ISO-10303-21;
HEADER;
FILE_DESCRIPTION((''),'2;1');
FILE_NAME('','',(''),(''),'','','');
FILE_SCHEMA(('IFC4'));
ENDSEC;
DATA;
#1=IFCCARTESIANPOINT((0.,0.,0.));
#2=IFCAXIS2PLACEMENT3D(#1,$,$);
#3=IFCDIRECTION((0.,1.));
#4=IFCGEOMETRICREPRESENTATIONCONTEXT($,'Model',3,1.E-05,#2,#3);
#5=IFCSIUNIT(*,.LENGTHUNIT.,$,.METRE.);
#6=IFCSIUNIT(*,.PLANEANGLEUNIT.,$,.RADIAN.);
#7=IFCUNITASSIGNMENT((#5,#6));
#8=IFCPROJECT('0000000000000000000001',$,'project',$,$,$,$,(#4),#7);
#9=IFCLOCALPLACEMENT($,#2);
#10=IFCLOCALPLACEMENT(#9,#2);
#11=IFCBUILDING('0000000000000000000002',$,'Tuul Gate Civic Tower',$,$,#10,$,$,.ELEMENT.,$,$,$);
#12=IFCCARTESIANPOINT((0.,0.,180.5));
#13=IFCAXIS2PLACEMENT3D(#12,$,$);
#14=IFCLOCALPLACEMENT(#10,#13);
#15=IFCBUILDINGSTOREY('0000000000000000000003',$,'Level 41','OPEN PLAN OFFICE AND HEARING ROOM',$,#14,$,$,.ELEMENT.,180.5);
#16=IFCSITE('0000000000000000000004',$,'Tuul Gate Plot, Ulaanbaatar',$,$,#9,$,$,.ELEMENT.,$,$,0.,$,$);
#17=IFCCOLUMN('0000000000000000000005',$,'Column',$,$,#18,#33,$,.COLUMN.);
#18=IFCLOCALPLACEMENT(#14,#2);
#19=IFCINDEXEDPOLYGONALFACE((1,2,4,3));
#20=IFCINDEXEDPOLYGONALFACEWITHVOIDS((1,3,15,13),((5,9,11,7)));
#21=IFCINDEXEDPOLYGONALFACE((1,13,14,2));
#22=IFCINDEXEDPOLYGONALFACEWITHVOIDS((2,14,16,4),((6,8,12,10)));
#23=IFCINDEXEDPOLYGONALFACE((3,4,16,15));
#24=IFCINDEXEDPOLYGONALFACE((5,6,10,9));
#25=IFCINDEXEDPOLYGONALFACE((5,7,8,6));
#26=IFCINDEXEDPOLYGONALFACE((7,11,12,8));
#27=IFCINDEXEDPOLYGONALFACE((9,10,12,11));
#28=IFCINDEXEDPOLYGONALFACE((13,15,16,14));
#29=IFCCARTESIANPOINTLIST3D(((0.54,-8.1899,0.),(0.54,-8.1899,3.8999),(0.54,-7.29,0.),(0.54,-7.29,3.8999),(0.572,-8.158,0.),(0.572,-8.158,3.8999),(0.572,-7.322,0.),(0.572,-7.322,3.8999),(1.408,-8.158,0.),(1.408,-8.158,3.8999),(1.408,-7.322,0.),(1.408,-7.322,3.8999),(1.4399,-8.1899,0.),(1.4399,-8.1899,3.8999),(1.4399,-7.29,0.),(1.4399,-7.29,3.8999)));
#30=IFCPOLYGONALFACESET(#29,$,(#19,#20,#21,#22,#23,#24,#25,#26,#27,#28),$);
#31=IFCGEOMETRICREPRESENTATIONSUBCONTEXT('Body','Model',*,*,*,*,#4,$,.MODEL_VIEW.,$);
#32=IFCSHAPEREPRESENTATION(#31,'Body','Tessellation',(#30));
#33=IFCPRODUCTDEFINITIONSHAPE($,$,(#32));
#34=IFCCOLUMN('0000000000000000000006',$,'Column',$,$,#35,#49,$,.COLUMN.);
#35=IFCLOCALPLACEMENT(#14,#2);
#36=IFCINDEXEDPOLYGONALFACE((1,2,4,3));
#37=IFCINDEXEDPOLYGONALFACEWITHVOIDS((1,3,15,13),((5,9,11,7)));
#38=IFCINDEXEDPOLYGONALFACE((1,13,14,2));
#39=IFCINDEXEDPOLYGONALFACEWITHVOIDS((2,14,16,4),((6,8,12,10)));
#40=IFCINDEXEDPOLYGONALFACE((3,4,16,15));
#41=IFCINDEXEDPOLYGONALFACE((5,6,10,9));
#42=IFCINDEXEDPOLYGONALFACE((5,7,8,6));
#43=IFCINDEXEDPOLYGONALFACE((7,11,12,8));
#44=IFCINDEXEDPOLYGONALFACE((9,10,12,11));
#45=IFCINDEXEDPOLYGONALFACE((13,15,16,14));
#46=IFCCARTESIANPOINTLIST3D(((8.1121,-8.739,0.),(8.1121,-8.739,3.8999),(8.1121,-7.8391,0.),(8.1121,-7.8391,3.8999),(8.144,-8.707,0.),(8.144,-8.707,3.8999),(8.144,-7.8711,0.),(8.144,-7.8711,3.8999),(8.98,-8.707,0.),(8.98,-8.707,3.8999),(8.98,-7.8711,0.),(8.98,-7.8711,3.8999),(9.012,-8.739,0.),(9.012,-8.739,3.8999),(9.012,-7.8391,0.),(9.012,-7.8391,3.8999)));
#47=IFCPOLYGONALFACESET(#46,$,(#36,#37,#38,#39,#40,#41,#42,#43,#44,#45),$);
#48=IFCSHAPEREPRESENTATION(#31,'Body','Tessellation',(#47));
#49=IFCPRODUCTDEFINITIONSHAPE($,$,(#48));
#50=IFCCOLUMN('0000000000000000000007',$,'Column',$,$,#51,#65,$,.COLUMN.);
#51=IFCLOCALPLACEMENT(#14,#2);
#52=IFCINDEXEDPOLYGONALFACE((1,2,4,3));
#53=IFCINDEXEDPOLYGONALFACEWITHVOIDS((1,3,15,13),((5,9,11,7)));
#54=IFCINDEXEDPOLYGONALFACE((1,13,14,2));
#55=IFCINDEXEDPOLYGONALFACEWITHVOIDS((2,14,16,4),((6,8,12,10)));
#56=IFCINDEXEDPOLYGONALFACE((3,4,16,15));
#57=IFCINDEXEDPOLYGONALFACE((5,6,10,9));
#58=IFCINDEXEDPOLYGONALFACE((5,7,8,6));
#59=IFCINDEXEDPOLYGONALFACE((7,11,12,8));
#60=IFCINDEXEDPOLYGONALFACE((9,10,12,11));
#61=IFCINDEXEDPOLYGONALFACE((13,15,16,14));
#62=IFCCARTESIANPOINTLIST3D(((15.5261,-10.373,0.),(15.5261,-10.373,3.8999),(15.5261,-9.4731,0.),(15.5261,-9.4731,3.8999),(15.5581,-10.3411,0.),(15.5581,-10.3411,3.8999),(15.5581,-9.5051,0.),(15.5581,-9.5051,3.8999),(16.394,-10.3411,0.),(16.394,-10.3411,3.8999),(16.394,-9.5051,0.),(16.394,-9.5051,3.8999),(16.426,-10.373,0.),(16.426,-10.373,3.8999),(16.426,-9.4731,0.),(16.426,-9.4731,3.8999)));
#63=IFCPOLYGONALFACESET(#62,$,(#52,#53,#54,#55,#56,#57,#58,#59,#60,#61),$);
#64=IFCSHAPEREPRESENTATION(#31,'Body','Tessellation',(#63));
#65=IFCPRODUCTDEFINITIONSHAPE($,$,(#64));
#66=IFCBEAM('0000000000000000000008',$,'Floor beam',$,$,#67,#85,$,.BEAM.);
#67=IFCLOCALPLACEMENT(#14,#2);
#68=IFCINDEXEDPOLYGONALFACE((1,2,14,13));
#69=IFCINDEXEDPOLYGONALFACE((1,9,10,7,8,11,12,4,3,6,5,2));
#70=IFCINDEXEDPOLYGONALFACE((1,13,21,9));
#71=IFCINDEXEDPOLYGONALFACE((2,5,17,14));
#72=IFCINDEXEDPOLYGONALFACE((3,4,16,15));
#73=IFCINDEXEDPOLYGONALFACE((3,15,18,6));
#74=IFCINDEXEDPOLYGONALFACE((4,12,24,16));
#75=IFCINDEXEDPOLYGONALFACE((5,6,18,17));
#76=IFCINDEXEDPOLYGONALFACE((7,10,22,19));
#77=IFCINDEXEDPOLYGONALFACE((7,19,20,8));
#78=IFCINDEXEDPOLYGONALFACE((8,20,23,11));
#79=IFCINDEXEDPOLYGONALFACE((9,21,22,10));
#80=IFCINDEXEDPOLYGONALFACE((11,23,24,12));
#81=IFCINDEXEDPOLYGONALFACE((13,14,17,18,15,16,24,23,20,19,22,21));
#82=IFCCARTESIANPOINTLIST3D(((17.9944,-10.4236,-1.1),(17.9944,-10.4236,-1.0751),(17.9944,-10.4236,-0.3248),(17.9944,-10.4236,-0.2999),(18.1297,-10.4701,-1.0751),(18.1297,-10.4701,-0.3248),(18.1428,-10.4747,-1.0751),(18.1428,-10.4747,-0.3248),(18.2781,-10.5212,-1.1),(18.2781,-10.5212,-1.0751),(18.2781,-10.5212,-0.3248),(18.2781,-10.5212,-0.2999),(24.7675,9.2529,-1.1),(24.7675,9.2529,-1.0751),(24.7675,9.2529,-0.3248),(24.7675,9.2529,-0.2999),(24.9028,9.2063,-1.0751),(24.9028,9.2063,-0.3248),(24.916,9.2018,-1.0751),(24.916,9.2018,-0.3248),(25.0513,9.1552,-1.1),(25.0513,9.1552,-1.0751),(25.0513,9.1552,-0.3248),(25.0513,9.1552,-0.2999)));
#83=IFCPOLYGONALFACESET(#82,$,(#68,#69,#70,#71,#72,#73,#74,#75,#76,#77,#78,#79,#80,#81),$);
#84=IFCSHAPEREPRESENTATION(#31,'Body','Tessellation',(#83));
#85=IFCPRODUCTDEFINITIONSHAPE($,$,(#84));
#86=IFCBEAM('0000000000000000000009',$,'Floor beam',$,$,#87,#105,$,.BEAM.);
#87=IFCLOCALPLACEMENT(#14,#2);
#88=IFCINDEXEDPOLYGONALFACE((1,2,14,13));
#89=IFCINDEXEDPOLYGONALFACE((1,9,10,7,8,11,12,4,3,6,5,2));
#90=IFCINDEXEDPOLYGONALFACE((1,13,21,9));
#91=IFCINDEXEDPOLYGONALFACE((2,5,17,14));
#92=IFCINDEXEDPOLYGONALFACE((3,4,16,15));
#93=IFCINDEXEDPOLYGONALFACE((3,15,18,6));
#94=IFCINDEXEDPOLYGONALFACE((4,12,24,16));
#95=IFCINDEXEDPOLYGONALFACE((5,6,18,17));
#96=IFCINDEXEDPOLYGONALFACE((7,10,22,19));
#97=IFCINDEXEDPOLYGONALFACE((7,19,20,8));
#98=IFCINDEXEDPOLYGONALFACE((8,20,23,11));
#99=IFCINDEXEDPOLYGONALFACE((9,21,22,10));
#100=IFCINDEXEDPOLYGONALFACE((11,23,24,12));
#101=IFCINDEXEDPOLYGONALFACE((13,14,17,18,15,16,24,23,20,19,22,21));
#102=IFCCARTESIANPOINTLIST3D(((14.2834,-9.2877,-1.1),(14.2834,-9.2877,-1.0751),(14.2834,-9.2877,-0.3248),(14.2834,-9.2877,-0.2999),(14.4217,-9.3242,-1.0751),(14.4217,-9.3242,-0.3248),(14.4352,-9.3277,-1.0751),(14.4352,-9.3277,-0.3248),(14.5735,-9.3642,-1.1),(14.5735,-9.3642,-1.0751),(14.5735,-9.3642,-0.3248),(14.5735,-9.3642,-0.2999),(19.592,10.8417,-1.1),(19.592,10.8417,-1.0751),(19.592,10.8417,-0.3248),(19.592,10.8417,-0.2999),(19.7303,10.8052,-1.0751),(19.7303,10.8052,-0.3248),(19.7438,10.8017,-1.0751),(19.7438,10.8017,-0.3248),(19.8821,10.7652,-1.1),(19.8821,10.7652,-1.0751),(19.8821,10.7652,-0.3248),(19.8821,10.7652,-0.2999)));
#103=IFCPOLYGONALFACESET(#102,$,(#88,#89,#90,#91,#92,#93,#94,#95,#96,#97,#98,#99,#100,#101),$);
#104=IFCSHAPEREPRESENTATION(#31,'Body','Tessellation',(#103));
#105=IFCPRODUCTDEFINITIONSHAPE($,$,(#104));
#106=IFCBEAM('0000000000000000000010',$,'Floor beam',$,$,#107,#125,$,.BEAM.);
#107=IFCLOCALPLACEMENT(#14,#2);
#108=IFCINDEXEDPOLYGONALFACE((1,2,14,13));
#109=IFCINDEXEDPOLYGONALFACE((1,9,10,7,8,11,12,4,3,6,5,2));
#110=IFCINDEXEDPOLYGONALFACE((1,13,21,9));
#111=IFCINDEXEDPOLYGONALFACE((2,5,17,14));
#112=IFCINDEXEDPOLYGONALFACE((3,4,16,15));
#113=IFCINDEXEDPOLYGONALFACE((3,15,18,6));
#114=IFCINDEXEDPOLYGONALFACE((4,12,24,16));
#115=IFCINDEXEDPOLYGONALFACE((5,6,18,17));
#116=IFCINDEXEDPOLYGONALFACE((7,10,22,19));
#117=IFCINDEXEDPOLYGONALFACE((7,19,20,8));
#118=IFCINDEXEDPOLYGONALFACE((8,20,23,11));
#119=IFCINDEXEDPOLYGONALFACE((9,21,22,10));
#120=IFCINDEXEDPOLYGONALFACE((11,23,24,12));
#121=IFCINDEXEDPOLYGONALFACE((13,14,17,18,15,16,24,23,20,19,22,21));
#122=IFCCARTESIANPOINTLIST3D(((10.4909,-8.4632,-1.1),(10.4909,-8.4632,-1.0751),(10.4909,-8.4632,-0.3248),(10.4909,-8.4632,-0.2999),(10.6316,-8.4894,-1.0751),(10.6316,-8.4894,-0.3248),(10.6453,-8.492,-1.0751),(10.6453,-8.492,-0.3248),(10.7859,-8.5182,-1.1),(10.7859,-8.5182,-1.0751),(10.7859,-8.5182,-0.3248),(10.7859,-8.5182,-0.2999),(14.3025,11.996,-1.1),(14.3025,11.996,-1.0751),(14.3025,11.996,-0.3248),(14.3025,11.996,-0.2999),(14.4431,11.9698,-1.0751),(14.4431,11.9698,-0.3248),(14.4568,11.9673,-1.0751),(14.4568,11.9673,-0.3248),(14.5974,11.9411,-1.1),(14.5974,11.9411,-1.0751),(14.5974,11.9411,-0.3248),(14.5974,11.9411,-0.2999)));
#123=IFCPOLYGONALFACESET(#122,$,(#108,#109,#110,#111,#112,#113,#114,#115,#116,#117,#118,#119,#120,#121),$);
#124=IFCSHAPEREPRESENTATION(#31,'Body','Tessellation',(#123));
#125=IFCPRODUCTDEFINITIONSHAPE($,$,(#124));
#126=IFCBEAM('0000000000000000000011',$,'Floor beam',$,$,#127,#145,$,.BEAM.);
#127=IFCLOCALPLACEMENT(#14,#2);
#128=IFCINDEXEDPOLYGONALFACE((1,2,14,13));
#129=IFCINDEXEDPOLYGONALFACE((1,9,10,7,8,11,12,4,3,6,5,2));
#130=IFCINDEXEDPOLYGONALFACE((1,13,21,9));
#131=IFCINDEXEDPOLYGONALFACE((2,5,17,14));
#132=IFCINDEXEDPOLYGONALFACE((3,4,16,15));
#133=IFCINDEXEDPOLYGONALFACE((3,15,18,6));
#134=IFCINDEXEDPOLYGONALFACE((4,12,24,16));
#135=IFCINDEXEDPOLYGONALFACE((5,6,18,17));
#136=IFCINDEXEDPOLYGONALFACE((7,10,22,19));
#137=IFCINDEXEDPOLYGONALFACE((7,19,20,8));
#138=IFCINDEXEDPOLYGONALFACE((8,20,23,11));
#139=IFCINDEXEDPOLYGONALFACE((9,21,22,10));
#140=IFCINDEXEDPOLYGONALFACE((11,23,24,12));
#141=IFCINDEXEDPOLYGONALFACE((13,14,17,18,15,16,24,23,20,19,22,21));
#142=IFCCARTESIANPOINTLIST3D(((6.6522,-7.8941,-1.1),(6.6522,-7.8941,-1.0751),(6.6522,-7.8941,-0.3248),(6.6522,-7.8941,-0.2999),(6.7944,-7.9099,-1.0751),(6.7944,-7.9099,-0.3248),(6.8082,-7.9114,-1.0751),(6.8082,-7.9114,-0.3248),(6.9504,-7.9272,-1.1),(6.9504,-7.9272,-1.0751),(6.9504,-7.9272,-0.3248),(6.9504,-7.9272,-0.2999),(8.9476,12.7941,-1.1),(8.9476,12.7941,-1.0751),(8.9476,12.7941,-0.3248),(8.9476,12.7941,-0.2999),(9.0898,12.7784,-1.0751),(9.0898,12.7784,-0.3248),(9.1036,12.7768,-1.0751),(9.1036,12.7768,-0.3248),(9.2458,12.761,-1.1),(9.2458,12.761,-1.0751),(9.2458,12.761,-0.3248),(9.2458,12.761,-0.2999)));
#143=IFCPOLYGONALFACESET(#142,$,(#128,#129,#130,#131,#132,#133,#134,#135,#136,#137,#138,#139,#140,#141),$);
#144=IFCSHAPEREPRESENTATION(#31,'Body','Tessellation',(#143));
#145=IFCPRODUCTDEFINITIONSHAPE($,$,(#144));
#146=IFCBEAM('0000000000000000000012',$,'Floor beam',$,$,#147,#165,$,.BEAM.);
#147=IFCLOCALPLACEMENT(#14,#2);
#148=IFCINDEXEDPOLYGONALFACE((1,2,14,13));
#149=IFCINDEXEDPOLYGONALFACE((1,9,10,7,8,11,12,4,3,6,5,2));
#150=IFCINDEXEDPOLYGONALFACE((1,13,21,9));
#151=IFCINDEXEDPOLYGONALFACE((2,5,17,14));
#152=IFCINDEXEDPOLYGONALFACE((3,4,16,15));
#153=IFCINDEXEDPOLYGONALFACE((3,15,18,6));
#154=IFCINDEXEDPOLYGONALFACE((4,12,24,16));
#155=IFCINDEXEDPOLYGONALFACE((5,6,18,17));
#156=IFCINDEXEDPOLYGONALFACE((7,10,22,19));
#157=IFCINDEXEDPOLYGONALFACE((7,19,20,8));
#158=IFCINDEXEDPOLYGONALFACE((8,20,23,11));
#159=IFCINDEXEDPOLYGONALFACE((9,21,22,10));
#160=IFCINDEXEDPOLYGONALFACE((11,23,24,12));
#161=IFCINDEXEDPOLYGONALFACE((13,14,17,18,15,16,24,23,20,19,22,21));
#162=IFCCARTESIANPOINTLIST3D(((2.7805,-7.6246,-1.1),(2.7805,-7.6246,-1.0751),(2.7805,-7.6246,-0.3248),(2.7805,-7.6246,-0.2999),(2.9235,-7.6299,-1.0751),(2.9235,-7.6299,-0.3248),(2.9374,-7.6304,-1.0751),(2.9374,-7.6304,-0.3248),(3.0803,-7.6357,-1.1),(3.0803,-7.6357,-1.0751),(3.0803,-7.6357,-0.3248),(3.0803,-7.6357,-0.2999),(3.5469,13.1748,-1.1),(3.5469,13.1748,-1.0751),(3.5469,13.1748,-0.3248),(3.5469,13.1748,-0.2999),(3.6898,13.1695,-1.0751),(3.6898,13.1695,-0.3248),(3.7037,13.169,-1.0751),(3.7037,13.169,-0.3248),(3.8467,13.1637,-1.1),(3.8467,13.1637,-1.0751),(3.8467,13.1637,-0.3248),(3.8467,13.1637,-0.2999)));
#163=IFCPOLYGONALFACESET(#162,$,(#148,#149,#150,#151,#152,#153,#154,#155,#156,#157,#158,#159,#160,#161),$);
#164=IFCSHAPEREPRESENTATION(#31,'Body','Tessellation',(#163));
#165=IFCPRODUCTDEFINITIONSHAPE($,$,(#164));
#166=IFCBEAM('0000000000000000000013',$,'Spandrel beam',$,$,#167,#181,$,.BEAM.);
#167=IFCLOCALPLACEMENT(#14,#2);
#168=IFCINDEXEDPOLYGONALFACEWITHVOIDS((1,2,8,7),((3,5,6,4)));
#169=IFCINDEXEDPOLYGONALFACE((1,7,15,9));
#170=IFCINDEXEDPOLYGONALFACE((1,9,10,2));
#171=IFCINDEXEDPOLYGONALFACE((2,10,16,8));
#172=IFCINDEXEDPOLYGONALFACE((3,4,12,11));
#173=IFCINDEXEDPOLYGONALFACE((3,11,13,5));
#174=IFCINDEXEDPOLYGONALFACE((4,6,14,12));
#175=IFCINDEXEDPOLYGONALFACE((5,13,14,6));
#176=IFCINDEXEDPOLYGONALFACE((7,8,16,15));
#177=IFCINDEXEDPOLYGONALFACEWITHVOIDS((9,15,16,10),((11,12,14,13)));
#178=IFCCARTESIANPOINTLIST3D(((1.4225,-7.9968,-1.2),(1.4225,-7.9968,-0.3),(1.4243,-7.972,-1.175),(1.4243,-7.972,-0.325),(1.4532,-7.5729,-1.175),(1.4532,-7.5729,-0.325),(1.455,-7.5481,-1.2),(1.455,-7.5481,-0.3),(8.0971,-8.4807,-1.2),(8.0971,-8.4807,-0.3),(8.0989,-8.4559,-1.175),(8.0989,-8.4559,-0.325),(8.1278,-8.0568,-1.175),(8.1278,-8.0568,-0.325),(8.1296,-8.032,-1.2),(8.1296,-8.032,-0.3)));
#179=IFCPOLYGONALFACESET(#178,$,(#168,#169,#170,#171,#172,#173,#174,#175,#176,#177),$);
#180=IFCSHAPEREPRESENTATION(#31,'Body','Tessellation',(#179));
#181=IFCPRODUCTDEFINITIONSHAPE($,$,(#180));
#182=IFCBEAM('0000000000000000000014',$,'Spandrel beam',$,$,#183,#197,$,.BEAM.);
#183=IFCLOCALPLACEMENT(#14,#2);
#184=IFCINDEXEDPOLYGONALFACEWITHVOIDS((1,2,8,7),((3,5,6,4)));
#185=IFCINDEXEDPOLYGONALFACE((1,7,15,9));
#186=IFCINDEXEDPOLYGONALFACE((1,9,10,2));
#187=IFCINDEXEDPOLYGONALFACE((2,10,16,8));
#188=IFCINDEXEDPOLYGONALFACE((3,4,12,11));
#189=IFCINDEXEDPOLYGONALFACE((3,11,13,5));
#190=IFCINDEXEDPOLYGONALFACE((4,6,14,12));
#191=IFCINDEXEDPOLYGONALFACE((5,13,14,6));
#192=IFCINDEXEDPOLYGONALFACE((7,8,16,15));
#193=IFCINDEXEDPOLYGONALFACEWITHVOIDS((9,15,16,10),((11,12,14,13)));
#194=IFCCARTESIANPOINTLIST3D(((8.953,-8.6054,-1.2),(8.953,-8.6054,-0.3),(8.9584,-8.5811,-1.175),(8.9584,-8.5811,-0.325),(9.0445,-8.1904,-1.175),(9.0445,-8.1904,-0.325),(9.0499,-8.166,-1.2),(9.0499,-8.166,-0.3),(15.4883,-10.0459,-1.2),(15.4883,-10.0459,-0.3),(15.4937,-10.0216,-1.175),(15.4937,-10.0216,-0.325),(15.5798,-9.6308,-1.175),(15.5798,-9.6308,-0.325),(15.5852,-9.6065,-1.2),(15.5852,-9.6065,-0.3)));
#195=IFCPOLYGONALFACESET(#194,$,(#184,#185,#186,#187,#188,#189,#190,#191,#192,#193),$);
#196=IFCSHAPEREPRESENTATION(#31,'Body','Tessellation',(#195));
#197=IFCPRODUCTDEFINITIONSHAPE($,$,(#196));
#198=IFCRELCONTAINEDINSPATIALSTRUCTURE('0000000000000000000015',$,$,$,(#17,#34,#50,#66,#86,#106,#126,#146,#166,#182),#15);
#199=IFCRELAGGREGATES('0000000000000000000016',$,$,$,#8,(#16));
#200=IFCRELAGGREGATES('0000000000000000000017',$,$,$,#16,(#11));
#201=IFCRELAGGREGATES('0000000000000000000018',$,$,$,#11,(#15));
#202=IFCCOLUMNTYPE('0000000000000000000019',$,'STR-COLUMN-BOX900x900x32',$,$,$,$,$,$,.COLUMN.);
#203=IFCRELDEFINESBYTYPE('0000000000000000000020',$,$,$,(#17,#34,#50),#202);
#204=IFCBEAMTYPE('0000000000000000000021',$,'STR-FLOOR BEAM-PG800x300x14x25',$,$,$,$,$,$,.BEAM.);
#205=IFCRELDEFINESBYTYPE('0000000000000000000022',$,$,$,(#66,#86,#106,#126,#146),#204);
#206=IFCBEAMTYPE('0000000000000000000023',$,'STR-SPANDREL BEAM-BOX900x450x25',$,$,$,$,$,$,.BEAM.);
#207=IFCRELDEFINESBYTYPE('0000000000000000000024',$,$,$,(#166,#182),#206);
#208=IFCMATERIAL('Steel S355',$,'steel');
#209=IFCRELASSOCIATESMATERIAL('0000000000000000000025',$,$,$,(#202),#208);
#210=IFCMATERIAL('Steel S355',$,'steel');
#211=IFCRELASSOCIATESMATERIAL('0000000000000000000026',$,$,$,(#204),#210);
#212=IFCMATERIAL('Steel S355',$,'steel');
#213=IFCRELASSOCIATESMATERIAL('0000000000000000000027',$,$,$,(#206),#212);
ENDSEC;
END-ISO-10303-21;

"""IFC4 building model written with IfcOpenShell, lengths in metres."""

from ifc_helpers import new_model, si_unit, direction, frame, origin, origin_2d, place, context, subcontext, project, spatial, hollow_rectangle, i_section, extrude, material, material_profile, profile_set, type_object, element, save


model = new_model("IFC4")

# Units and contexts
model_context = context("Model", 3, precision=1e-05, world=origin(), true_north=direction((0.0, 1.0)))
body_context = subcontext(model_context, "Body", "Model", "MODEL_VIEW")
ifc_project = project(units=[si_unit("LENGTHUNIT", "METRE"), si_unit("PLANEANGLEUNIT", "RADIAN")], contexts=[model_context])

# Site, building, storey
site_placement = place(None, origin())
site = spatial("IfcSite", under=ifc_project, at=site_placement, Name="Tuul Gate Plot, Ulaanbaatar", CompositionType="ELEMENT", RefElevation=0.0)
building_placement = place(site_placement, origin())
building = spatial("IfcBuilding", under=site, at=building_placement, Name="Tuul Gate Civic Tower", CompositionType="ELEMENT")
storey_placement = place(building_placement, frame((0.0, 0.0, 180.5)))
storey = spatial("IfcBuildingStorey", under=building, at=storey_placement, Name="Level 41", Description="OPEN PLAN OFFICE AND HEARING ROOM", CompositionType="ELEMENT", Elevation=180.5)

# Columns
ifc_material_1 = material(Name="Steel S355", Category="steel")
ifc_material_profile_1 = material_profile(ifc_material_1, hollow_rectangle(XDim=0.8999, YDim=0.8999, WallThickness=0.032, at=origin_2d()), Name="BOX900x900x32")
ifc_profile_set_1 = profile_set([ifc_material_profile_1], Name="Steel S355")
column_type = type_object("IfcColumnType", Name="STR-COLUMN-BOX900x900x32", PredefinedType="COLUMN", material=ifc_profile_set_1)
for number, where, z_axis, x_axis, name in (
    (1, (0.99, -7.74, 0.0), (0.0, 0.0, 1.0), (1.0, 0.0, 0.0), "Column"),
    (2, (8.562, -8.2891, 0.0), (0.0, 0.0, 1.0), (1.0, 0.0, 0.0), "Column"),
    (3, (15.9761, -9.9231, 0.0), (0.0, 0.0, 1.0), (1.0, 0.0, 0.0), "Column"),
):
    element("IfcColumn", number, at=place(storey_placement, frame(where, z_axis=z_axis, x_axis=x_axis)), inside=storey, type_object=column_type, Name=name, PredefinedType="COLUMN", context=body_context, shape_type="SweptSolid", body=[
        extrude(hollow_rectangle(XDim=0.8999, YDim=0.8999, WallThickness=0.032, at=origin_2d()), origin(), (0.0, 0.0, 1.0), 3.8999),
    ])

# Beams
ifc_material_2 = material(Name="Steel S355", Category="steel")
ifc_material_profile_2 = material_profile(ifc_material_2, i_section(OverallWidth=0.3, OverallDepth=0.8, WebThickness=0.0139, FlangeThickness=0.0249, at=origin_2d()), Name="PG800x300x14x25")
ifc_profile_set_2 = profile_set([ifc_material_profile_2], Name="Steel S355")
beam_type_1 = type_object("IfcBeamType", Name="STR-FLOOR BEAM-PG800x300x14x25", PredefinedType="BEAM", material=ifc_profile_set_2)
beam_1_placement = place(storey_placement, frame((18.1362, -10.4724, -0.7), z_axis=(0.325483, 0.945548, 0.0), x_axis=(-0.945548, 0.325483, 0.0)))
element("IfcBeam", 4, at=beam_1_placement, inside=storey, type_object=beam_type_1, Name="Floor beam", PredefinedType="BEAM", context=body_context, shape_type="SweptSolid", body=[
    extrude(i_section(OverallWidth=0.3, OverallDepth=0.8, WebThickness=0.0139, FlangeThickness=0.0249, at=origin_2d()), origin(), (0.0, 0.0, 1.0), 20.8096),
])
beam_2_placement = place(storey_placement, frame((14.4285, -9.3259, -0.7), z_axis=(0.255005, 0.96694, 0.0), x_axis=(-0.96694, 0.255005, 0.0)))
element("IfcBeam", 5, at=beam_2_placement, inside=storey, type_object=beam_type_1, Name="Floor beam", PredefinedType="BEAM", context=body_context, shape_type="SweptSolid", body=[
    extrude(i_section(OverallWidth=0.3, OverallDepth=0.8, WebThickness=0.0139, FlangeThickness=0.0249, at=origin_2d()), origin(), (0.0, 0.0, 1.0), 20.8176),
])
beam_3_placement = place(storey_placement, frame((10.6384, -8.4907, -0.7), z_axis=(0.183147, 0.983085, 0.0), x_axis=(-0.983085, 0.183147, 0.0)))
element("IfcBeam", 6, at=beam_3_placement, inside=storey, type_object=beam_type_1, Name="Floor beam", PredefinedType="BEAM", context=body_context, shape_type="SweptSolid", body=[
    extrude(i_section(OverallWidth=0.3, OverallDepth=0.8, WebThickness=0.0139, FlangeThickness=0.0249, at=origin_2d()), origin(), (0.0, 0.0, 1.0), 20.8113),
])
beam_4_placement = place(storey_placement, frame((6.8013, -7.9106, -0.7), z_axis=(0.110276, 0.993901, 0.0), x_axis=(-0.993901, 0.110276, 0.0)))
element("IfcBeam", 7, at=beam_4_placement, inside=storey, type_object=beam_type_1, Name="Floor beam", PredefinedType="BEAM", context=body_context, shape_type="SweptSolid", body=[
    extrude(i_section(OverallWidth=0.3, OverallDepth=0.8, WebThickness=0.0139, FlangeThickness=0.0249, at=origin_2d()), origin(), (0.0, 0.0, 1.0), 20.8152),
])
beam_5_placement = place(storey_placement, frame((2.9304, -7.6301, -0.7), z_axis=(0.03682, 0.999322, 0.0), x_axis=(-0.999322, 0.03682, 0.0)))
element("IfcBeam", 8, at=beam_5_placement, inside=storey, type_object=beam_type_1, Name="Floor beam", PredefinedType="BEAM", context=body_context, shape_type="SweptSolid", body=[
    extrude(i_section(OverallWidth=0.3, OverallDepth=0.8, WebThickness=0.0139, FlangeThickness=0.0249, at=origin_2d()), origin(), (0.0, 0.0, 1.0), 20.8135),
])
ifc_material_3 = material(Name="Steel S355", Category="steel")
ifc_material_profile_3 = material_profile(ifc_material_3, hollow_rectangle(XDim=0.45, YDim=0.8999, WallThickness=0.0249, at=origin_2d()), Name="BOX900x450x25")
ifc_profile_set_3 = profile_set([ifc_material_profile_3], Name="Steel S355")
beam_type_2 = type_object("IfcBeamType", Name="STR-SPANDREL BEAM-BOX900x450x25", PredefinedType="BEAM", material=ifc_profile_set_3)
for number, where, z_axis, x_axis, name in (
    (9, (1.4387, -7.7725, -0.75), (0.997382, -0.072307, 0.0), (0.072307, 0.997382, 0.0), "Spandrel beam"),
    (10, (9.0015, -8.3857, -0.75), (0.97656, -0.215246, 0.0), (0.215246, 0.97656, 0.0), "Spandrel beam"),
):
    element("IfcBeam", number, at=place(storey_placement, frame(where, z_axis=z_axis, x_axis=x_axis)), inside=storey, type_object=beam_type_2, Name=name, PredefinedType="BEAM", context=body_context, shape_type="SweptSolid", body=[
        extrude(hollow_rectangle(XDim=0.45, YDim=0.8999, WallThickness=0.0249, at=origin_2d()), origin(), (0.0, 0.0, 1.0), 6.6921),
    ])

save(model, "model.ifc")
